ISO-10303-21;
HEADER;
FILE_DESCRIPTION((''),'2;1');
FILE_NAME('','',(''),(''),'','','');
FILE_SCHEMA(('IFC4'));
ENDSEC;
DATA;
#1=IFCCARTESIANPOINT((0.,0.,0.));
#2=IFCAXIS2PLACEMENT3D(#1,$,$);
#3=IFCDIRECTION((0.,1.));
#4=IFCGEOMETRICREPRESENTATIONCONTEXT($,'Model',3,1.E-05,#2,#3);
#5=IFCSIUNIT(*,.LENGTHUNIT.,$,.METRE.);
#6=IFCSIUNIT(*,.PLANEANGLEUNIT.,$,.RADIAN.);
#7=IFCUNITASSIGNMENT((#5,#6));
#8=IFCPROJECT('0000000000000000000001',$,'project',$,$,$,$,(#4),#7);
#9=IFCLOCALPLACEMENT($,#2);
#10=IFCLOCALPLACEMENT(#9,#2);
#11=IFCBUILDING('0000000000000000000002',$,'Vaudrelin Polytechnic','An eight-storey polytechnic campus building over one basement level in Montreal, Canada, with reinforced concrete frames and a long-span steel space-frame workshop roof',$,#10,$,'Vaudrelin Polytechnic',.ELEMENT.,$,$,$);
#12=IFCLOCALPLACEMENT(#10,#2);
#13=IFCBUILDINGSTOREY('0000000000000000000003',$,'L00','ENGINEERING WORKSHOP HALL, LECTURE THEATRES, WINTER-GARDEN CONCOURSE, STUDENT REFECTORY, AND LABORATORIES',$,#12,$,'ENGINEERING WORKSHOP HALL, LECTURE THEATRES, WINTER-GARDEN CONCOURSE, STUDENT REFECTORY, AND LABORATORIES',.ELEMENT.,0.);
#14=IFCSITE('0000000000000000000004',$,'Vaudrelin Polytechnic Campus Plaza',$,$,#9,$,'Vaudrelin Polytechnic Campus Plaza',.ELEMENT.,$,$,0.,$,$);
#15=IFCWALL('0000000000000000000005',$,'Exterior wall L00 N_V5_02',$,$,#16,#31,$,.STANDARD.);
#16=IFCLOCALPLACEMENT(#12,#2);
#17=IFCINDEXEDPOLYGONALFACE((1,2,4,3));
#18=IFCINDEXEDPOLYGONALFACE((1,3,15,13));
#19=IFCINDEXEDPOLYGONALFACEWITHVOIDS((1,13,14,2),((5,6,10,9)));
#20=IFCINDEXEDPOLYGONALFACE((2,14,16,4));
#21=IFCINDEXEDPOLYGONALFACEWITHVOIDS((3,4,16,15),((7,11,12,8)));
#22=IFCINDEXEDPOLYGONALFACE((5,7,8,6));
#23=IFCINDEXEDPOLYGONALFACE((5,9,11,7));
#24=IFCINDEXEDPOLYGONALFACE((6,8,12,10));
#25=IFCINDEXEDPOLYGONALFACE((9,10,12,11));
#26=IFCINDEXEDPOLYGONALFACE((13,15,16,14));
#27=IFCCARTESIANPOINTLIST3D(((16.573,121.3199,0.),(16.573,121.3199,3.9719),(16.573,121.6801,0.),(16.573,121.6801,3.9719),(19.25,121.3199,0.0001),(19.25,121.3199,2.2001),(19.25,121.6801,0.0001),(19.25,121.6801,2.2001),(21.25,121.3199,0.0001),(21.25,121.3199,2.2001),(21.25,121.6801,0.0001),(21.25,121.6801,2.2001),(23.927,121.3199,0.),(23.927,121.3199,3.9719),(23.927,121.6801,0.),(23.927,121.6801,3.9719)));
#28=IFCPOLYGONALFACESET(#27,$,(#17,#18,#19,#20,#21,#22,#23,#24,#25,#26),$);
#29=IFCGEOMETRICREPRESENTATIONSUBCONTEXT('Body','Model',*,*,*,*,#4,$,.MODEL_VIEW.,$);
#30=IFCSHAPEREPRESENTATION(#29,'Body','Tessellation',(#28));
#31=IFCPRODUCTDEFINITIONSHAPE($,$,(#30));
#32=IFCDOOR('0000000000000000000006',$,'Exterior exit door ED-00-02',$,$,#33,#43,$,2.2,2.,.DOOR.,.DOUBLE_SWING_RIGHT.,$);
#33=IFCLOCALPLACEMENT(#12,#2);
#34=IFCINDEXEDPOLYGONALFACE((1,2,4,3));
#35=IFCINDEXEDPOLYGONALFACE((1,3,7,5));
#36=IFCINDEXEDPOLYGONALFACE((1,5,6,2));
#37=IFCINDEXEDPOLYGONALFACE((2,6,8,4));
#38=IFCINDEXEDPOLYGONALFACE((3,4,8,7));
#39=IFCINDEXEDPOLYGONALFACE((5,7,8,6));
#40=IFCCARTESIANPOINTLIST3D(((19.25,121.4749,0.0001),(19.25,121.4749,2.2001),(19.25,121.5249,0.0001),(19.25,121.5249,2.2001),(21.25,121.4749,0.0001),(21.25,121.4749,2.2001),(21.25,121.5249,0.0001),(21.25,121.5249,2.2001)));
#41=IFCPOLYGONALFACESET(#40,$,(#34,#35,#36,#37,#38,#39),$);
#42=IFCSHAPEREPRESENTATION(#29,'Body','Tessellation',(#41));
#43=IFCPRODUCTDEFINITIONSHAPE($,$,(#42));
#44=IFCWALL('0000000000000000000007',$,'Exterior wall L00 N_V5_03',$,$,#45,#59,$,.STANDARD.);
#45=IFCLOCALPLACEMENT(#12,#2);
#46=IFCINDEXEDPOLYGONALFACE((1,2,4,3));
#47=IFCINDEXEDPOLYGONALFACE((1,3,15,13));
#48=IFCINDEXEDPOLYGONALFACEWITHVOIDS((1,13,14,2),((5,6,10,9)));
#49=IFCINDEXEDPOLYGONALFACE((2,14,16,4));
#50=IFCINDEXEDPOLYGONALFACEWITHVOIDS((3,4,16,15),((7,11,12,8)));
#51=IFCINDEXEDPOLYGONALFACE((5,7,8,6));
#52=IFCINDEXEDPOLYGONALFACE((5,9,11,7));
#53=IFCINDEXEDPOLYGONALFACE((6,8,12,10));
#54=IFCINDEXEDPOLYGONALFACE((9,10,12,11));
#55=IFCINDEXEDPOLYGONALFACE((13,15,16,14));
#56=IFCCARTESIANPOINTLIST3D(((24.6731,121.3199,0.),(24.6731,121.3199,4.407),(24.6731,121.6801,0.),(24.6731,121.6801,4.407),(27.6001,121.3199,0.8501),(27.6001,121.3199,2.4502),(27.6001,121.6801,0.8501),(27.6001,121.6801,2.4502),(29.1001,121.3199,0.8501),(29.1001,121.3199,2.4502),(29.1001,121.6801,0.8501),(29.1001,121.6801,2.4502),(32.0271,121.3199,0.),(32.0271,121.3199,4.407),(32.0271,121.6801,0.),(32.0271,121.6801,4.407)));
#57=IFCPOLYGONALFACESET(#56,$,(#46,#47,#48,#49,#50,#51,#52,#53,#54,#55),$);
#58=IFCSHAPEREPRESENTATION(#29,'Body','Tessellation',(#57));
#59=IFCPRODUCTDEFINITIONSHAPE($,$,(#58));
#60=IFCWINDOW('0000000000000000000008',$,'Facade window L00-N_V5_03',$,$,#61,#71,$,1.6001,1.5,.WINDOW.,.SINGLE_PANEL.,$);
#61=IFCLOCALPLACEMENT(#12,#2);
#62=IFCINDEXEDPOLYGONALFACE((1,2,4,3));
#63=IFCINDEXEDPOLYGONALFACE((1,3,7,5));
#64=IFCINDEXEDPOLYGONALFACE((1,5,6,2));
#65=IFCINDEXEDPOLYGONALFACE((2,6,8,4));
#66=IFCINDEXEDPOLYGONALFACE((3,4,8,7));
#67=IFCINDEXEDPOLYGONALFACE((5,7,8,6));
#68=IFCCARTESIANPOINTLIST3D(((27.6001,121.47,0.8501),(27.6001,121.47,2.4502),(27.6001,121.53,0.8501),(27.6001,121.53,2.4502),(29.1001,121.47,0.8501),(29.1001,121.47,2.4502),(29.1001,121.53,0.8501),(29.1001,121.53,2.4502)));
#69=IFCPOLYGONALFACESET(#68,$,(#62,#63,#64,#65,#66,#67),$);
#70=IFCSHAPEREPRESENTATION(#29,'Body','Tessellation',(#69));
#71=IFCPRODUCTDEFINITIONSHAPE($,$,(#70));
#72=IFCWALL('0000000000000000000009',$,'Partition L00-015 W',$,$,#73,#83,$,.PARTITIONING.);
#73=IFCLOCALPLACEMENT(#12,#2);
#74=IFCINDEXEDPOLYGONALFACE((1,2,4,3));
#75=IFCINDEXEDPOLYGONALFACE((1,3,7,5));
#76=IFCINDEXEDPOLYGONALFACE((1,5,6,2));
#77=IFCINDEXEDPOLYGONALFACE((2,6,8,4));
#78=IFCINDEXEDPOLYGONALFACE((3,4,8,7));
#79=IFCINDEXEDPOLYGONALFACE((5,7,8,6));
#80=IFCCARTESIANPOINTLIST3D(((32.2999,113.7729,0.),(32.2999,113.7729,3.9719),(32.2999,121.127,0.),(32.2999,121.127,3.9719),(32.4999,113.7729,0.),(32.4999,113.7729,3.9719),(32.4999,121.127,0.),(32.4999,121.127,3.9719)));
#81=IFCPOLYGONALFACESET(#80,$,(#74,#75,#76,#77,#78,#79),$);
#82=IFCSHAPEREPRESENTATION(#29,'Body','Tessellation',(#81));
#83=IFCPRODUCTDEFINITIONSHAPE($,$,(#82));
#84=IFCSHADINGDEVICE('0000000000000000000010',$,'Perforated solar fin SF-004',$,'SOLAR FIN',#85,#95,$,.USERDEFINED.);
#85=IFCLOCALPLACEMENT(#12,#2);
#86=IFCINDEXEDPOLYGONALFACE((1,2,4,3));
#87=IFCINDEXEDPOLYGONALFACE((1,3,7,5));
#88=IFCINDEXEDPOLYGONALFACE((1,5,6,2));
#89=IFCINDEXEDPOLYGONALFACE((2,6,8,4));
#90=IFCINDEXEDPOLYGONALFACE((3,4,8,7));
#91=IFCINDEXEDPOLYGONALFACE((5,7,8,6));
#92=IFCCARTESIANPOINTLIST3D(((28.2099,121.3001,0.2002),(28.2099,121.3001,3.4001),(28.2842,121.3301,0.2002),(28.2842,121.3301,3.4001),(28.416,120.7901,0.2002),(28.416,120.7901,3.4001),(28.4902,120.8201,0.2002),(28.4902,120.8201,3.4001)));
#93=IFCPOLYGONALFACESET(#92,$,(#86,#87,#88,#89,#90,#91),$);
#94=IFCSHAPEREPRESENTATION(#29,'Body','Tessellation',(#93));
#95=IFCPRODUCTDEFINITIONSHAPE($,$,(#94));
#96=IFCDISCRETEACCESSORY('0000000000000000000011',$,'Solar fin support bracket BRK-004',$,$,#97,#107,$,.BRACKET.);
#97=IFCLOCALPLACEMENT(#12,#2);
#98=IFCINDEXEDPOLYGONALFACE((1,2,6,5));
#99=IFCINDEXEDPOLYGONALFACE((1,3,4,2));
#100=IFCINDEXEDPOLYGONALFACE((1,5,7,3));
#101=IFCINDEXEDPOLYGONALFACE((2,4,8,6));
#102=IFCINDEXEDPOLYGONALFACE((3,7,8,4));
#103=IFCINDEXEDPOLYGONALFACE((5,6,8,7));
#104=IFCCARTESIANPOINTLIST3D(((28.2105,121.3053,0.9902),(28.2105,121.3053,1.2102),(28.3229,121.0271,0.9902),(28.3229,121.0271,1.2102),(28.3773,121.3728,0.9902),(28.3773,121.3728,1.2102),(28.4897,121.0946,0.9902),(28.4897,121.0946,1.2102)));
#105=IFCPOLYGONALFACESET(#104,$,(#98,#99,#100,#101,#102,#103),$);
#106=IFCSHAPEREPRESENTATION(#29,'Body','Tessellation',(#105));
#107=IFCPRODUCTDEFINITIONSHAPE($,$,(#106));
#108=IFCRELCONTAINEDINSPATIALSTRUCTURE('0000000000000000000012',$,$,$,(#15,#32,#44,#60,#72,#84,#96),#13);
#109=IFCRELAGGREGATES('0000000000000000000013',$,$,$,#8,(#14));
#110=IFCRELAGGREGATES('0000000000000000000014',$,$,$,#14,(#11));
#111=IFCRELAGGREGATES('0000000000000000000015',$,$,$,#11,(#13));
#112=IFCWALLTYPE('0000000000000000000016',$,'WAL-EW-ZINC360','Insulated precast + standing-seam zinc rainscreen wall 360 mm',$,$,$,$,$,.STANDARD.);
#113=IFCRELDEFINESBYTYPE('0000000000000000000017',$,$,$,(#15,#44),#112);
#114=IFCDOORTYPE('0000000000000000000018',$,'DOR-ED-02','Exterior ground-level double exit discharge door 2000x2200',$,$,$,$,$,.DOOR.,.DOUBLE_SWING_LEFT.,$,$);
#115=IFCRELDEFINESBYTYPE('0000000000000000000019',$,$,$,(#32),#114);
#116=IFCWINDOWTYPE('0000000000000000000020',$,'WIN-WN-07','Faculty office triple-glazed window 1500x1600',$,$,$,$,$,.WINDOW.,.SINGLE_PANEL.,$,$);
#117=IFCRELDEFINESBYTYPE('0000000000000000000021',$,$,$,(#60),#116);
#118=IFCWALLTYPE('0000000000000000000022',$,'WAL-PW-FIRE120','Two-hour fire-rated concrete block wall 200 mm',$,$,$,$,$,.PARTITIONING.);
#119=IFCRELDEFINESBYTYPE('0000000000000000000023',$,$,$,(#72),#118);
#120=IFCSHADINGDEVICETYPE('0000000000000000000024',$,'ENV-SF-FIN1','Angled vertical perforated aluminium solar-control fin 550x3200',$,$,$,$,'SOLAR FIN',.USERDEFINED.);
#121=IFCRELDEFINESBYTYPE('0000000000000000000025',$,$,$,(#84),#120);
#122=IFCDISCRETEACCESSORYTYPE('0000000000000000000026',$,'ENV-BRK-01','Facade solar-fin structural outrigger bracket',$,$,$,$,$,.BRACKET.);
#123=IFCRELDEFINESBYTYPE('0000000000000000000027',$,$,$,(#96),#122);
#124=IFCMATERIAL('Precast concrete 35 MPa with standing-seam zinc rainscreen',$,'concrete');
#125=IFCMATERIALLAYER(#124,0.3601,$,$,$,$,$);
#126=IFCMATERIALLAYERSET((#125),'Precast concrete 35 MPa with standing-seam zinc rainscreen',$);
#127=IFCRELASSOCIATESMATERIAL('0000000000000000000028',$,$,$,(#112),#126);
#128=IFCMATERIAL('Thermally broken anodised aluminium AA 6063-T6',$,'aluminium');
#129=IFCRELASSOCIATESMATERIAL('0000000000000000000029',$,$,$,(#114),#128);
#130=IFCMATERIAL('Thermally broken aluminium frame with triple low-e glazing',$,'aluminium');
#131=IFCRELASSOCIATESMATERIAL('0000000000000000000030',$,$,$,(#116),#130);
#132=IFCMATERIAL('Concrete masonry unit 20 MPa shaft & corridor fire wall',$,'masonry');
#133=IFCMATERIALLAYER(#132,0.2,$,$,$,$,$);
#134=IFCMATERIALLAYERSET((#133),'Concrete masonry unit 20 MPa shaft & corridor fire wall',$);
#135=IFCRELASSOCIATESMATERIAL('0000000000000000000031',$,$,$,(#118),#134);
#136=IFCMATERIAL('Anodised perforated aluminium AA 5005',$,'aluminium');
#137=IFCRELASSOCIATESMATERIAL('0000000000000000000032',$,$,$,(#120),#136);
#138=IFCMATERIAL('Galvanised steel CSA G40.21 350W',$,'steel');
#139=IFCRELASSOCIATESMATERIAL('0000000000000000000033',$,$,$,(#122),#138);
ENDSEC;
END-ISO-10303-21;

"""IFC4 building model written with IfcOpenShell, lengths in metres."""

from ifc_helpers import new_model, si_unit, direction, frame, frame_2d, origin, origin_2d, place, context, subcontext, project, spatial, rectangle, extrude, material, layer, layer_set, type_object, element, fill, save


model = new_model("IFC4")

# Units and contexts
model_context = context("Model", 3, precision=1e-05, world=origin(), true_north=direction((0.0, 1.0)))
body_context = subcontext(model_context, "Body", "Model", "MODEL_VIEW")
ifc_project = project(units=[si_unit("LENGTHUNIT", "METRE"), si_unit("PLANEANGLEUNIT", "RADIAN")], contexts=[model_context])

# Site, building, storey
site_placement = place(None, origin())
site = spatial("IfcSite", under=ifc_project, at=site_placement, Name="Vaudrelin Polytechnic Campus Plaza", LongName="Vaudrelin Polytechnic Campus Plaza", CompositionType="ELEMENT", RefElevation=0.0)
building_placement = place(site_placement, origin())
building = spatial("IfcBuilding", under=site, at=building_placement, Name="Vaudrelin Polytechnic", Description="An eight-storey polytechnic campus building over one basement level in Montreal, Canada, with reinforced concrete frames and a long-span steel space-frame workshop roof", LongName="Vaudrelin Polytechnic", CompositionType="ELEMENT")
storey_placement = place(building_placement, origin())
storey = spatial("IfcBuildingStorey", under=building, at=storey_placement, Name="L00", Description="ENGINEERING WORKSHOP HALL, LECTURE THEATRES, WINTER-GARDEN CONCOURSE, STUDENT REFECTORY, AND LABORATORIES", LongName="ENGINEERING WORKSHOP HALL, LECTURE THEATRES, WINTER-GARDEN CONCOURSE, STUDENT REFECTORY, AND LABORATORIES", CompositionType="ELEMENT", Elevation=0.0)

# Wall, opening, door
ifc_material_1 = material(Name="Precast concrete 35 MPa with standing-seam zinc rainscreen", Category="concrete")
ifc_layer_1 = layer(ifc_material_1, 0.3601)
ifc_layer_set_1 = layer_set([ifc_layer_1], Name="Precast concrete 35 MPa with standing-seam zinc rainscreen")
wall_type_1 = type_object("IfcWallType", Name="WAL-EW-ZINC360", Description="Insulated precast + standing-seam zinc rainscreen wall 360 mm", PredefinedType="STANDARD", material=ifc_layer_set_1)
wall_1_placement = place(storey_placement, frame((16.573, 121.5, 0.0), z_axis=(0.0, 0.0, 1.0), x_axis=(1.0, 0.0, 0.0)))
wall_1 = element("IfcWall", 1, at=wall_1_placement, inside=storey, type_object=wall_type_1, Name="Exterior wall L00 N_V5_02", PredefinedType="STANDARD", context=body_context, shape_type="SweptSolid", body=[
    extrude(rectangle(XDim=7.354, YDim=0.3601, at=frame_2d((3.677, 0.0))), origin(), (0.0, 0.0, 1.0), 3.9719),
])
opening_1_placement = place(wall_1_placement, frame((2.677, 0.0, 0.0)))
opening_1 = element("IfcOpeningElement", 2, at=opening_1_placement, cuts=wall_1, PredefinedType="OPENING", context=body_context, shape_type="SweptSolid", body=[
    extrude(rectangle(XDim=2.0, YDim=2.2, at=frame_2d((1.0, 1.1001))), frame((0.0, 0.1899, 0.0), z_axis=(0.0, -1.0, 0.0), x_axis=(1.0, 0.0, 0.0)), (0.0, 0.0, 1.0), 0.3801),
])
ifc_material_2 = material(Name="Thermally broken anodised aluminium AA 6063-T6", Category="aluminium")
door_type_1 = type_object("IfcDoorType", Name="DOR-ED-02", Description="Exterior ground-level double exit discharge door 2000x2200", OperationType="DOUBLE_SWING_LEFT", PredefinedType="DOOR", material=ifc_material_2)
door_1_placement = place(opening_1_placement, origin())
door_1 = element("IfcDoor", 3, at=door_1_placement, inside=storey, type_object=door_type_1, Name="Exterior exit door ED-00-02", OperationType="DOUBLE_SWING_RIGHT", OverallHeight=2.2, OverallWidth=2.0, PredefinedType="DOOR", context=body_context, shape_type="SweptSolid", body=[
    extrude(rectangle(XDim=2.0, YDim=2.2, at=frame_2d((1.0, 1.1001))), frame((0.0, 0.0249, 0.0), z_axis=(0.0, -1.0, 0.0), x_axis=(1.0, 0.0, 0.0)), (0.0, 0.0, 1.0), 0.05),
])
fill(opening_1, door_1)

# Wall, opening, window
wall_2_placement = place(storey_placement, frame((24.6731, 121.5, 0.0), z_axis=(0.0, 0.0, 1.0), x_axis=(1.0, 0.0, 0.0)))
wall_2 = element("IfcWall", 4, at=wall_2_placement, inside=storey, type_object=wall_type_1, Name="Exterior wall L00 N_V5_03", PredefinedType="STANDARD", context=body_context, shape_type="SweptSolid", body=[
    extrude(rectangle(XDim=7.354, YDim=0.3601, at=frame_2d((3.677, 0.0))), origin(), (0.0, 0.0, 1.0), 4.407),
])
opening_2_placement = place(wall_2_placement, frame((2.927, 0.0, 0.8501)))
opening_2 = element("IfcOpeningElement", 5, at=opening_2_placement, cuts=wall_2, PredefinedType="OPENING", context=body_context, shape_type="SweptSolid", body=[
    extrude(rectangle(XDim=1.5, YDim=1.6001, at=frame_2d((0.75, 0.8))), frame((0.0, 0.1899, 0.0), z_axis=(0.0, -1.0, 0.0), x_axis=(1.0, 0.0, 0.0)), (0.0, 0.0, 1.0), 0.3801),
])
ifc_material_3 = material(Name="Thermally broken aluminium frame with triple low-e glazing", Category="aluminium")
window_type = type_object("IfcWindowType", Name="WIN-WN-07", Description="Faculty office triple-glazed window 1500x1600", PartitioningType="SINGLE_PANEL", PredefinedType="WINDOW", material=ifc_material_3)
window_placement = place(opening_2_placement, origin())
window = element("IfcWindow", 6, at=window_placement, inside=storey, type_object=window_type, Name="Facade window L00-N_V5_03", OverallHeight=1.6001, OverallWidth=1.5, PartitioningType="SINGLE_PANEL", PredefinedType="WINDOW", context=body_context, shape_type="SweptSolid", body=[
    extrude(rectangle(XDim=1.5, YDim=1.6001, at=frame_2d((0.75, 0.8))), frame((0.0, 0.03, 0.0), z_axis=(0.0, -1.0, 0.0), x_axis=(1.0, 0.0, 0.0)), (0.0, 0.0, 1.0), 0.0601),
])
fill(opening_2, window)

# Wall
ifc_material_4 = material(Name="Concrete masonry unit 20 MPa shaft & corridor fire wall", Category="masonry")
ifc_layer_2 = layer(ifc_material_4, 0.2)
ifc_layer_set_2 = layer_set([ifc_layer_2], Name="Concrete masonry unit 20 MPa shaft & corridor fire wall")
wall_type_2 = type_object("IfcWallType", Name="WAL-PW-FIRE120", Description="Two-hour fire-rated concrete block wall 200 mm", PredefinedType="PARTITIONING", material=ifc_layer_set_2)
wall_3_placement = place(storey_placement, frame((32.3999, 113.7729, 0.0), z_axis=(0.0, 0.0, 1.0), x_axis=(0.0, 1.0, 0.0)))
element("IfcWall", 7, at=wall_3_placement, inside=storey, type_object=wall_type_2, Name="Partition L00-015 W", PredefinedType="PARTITIONING", context=body_context, shape_type="SweptSolid", body=[
    extrude(rectangle(XDim=7.354, YDim=0.2, at=frame_2d((3.677, 0.0))), origin(), (0.0, 0.0, 1.0), 3.9719),
])

# Shading device
ifc_material_5 = material(Name="Anodised perforated aluminium AA 5005", Category="aluminium")
shading_device_type = type_object("IfcShadingDeviceType", Name="ENV-SF-FIN1", Description="Angled vertical perforated aluminium solar-control fin 550x3200", ElementType="SOLAR FIN", PredefinedType="USERDEFINED", material=ifc_material_5)
shading_device_placement = place(storey_placement, frame((28.3501, 121.0601, 0.2002), z_axis=(0.0, 0.0, 1.0), x_axis=(0.374607, -0.927184, 0.0)))
element("IfcShadingDevice", 8, at=shading_device_placement, inside=storey, type_object=shading_device_type, Name="Perforated solar fin SF-004", ObjectType="SOLAR FIN", PredefinedType="USERDEFINED", context=body_context, shape_type="SweptSolid", body=[
    extrude(rectangle(XDim=0.55, YDim=0.0801, at=origin_2d()), origin(), (0.0, 0.0, 1.0), 3.2),
])

# Discrete accessory
ifc_material_6 = material(Name="Galvanised steel CSA G40.21 350W", Category="steel")
discrete_accessory_type = type_object("IfcDiscreteAccessoryType", Name="ENV-BRK-01", Description="Facade solar-fin structural outrigger bracket", PredefinedType="BRACKET", material=ifc_material_6)
discrete_accessory_placement = place(storey_placement, frame((28.3501, 121.2, 0.9902), z_axis=(0.0, 0.0, 1.0), x_axis=(0.374607, -0.927184, 0.0)))
element("IfcDiscreteAccessory", 9, at=discrete_accessory_placement, inside=storey, type_object=discrete_accessory_type, Name="Solar fin support bracket BRK-004", PredefinedType="BRACKET", context=body_context, shape_type="SweptSolid", body=[
    extrude(rectangle(XDim=0.3, YDim=0.1799, at=origin_2d()), origin(), (0.0, 0.0, 1.0), 0.22),
])

save(model, "model.ifc")
